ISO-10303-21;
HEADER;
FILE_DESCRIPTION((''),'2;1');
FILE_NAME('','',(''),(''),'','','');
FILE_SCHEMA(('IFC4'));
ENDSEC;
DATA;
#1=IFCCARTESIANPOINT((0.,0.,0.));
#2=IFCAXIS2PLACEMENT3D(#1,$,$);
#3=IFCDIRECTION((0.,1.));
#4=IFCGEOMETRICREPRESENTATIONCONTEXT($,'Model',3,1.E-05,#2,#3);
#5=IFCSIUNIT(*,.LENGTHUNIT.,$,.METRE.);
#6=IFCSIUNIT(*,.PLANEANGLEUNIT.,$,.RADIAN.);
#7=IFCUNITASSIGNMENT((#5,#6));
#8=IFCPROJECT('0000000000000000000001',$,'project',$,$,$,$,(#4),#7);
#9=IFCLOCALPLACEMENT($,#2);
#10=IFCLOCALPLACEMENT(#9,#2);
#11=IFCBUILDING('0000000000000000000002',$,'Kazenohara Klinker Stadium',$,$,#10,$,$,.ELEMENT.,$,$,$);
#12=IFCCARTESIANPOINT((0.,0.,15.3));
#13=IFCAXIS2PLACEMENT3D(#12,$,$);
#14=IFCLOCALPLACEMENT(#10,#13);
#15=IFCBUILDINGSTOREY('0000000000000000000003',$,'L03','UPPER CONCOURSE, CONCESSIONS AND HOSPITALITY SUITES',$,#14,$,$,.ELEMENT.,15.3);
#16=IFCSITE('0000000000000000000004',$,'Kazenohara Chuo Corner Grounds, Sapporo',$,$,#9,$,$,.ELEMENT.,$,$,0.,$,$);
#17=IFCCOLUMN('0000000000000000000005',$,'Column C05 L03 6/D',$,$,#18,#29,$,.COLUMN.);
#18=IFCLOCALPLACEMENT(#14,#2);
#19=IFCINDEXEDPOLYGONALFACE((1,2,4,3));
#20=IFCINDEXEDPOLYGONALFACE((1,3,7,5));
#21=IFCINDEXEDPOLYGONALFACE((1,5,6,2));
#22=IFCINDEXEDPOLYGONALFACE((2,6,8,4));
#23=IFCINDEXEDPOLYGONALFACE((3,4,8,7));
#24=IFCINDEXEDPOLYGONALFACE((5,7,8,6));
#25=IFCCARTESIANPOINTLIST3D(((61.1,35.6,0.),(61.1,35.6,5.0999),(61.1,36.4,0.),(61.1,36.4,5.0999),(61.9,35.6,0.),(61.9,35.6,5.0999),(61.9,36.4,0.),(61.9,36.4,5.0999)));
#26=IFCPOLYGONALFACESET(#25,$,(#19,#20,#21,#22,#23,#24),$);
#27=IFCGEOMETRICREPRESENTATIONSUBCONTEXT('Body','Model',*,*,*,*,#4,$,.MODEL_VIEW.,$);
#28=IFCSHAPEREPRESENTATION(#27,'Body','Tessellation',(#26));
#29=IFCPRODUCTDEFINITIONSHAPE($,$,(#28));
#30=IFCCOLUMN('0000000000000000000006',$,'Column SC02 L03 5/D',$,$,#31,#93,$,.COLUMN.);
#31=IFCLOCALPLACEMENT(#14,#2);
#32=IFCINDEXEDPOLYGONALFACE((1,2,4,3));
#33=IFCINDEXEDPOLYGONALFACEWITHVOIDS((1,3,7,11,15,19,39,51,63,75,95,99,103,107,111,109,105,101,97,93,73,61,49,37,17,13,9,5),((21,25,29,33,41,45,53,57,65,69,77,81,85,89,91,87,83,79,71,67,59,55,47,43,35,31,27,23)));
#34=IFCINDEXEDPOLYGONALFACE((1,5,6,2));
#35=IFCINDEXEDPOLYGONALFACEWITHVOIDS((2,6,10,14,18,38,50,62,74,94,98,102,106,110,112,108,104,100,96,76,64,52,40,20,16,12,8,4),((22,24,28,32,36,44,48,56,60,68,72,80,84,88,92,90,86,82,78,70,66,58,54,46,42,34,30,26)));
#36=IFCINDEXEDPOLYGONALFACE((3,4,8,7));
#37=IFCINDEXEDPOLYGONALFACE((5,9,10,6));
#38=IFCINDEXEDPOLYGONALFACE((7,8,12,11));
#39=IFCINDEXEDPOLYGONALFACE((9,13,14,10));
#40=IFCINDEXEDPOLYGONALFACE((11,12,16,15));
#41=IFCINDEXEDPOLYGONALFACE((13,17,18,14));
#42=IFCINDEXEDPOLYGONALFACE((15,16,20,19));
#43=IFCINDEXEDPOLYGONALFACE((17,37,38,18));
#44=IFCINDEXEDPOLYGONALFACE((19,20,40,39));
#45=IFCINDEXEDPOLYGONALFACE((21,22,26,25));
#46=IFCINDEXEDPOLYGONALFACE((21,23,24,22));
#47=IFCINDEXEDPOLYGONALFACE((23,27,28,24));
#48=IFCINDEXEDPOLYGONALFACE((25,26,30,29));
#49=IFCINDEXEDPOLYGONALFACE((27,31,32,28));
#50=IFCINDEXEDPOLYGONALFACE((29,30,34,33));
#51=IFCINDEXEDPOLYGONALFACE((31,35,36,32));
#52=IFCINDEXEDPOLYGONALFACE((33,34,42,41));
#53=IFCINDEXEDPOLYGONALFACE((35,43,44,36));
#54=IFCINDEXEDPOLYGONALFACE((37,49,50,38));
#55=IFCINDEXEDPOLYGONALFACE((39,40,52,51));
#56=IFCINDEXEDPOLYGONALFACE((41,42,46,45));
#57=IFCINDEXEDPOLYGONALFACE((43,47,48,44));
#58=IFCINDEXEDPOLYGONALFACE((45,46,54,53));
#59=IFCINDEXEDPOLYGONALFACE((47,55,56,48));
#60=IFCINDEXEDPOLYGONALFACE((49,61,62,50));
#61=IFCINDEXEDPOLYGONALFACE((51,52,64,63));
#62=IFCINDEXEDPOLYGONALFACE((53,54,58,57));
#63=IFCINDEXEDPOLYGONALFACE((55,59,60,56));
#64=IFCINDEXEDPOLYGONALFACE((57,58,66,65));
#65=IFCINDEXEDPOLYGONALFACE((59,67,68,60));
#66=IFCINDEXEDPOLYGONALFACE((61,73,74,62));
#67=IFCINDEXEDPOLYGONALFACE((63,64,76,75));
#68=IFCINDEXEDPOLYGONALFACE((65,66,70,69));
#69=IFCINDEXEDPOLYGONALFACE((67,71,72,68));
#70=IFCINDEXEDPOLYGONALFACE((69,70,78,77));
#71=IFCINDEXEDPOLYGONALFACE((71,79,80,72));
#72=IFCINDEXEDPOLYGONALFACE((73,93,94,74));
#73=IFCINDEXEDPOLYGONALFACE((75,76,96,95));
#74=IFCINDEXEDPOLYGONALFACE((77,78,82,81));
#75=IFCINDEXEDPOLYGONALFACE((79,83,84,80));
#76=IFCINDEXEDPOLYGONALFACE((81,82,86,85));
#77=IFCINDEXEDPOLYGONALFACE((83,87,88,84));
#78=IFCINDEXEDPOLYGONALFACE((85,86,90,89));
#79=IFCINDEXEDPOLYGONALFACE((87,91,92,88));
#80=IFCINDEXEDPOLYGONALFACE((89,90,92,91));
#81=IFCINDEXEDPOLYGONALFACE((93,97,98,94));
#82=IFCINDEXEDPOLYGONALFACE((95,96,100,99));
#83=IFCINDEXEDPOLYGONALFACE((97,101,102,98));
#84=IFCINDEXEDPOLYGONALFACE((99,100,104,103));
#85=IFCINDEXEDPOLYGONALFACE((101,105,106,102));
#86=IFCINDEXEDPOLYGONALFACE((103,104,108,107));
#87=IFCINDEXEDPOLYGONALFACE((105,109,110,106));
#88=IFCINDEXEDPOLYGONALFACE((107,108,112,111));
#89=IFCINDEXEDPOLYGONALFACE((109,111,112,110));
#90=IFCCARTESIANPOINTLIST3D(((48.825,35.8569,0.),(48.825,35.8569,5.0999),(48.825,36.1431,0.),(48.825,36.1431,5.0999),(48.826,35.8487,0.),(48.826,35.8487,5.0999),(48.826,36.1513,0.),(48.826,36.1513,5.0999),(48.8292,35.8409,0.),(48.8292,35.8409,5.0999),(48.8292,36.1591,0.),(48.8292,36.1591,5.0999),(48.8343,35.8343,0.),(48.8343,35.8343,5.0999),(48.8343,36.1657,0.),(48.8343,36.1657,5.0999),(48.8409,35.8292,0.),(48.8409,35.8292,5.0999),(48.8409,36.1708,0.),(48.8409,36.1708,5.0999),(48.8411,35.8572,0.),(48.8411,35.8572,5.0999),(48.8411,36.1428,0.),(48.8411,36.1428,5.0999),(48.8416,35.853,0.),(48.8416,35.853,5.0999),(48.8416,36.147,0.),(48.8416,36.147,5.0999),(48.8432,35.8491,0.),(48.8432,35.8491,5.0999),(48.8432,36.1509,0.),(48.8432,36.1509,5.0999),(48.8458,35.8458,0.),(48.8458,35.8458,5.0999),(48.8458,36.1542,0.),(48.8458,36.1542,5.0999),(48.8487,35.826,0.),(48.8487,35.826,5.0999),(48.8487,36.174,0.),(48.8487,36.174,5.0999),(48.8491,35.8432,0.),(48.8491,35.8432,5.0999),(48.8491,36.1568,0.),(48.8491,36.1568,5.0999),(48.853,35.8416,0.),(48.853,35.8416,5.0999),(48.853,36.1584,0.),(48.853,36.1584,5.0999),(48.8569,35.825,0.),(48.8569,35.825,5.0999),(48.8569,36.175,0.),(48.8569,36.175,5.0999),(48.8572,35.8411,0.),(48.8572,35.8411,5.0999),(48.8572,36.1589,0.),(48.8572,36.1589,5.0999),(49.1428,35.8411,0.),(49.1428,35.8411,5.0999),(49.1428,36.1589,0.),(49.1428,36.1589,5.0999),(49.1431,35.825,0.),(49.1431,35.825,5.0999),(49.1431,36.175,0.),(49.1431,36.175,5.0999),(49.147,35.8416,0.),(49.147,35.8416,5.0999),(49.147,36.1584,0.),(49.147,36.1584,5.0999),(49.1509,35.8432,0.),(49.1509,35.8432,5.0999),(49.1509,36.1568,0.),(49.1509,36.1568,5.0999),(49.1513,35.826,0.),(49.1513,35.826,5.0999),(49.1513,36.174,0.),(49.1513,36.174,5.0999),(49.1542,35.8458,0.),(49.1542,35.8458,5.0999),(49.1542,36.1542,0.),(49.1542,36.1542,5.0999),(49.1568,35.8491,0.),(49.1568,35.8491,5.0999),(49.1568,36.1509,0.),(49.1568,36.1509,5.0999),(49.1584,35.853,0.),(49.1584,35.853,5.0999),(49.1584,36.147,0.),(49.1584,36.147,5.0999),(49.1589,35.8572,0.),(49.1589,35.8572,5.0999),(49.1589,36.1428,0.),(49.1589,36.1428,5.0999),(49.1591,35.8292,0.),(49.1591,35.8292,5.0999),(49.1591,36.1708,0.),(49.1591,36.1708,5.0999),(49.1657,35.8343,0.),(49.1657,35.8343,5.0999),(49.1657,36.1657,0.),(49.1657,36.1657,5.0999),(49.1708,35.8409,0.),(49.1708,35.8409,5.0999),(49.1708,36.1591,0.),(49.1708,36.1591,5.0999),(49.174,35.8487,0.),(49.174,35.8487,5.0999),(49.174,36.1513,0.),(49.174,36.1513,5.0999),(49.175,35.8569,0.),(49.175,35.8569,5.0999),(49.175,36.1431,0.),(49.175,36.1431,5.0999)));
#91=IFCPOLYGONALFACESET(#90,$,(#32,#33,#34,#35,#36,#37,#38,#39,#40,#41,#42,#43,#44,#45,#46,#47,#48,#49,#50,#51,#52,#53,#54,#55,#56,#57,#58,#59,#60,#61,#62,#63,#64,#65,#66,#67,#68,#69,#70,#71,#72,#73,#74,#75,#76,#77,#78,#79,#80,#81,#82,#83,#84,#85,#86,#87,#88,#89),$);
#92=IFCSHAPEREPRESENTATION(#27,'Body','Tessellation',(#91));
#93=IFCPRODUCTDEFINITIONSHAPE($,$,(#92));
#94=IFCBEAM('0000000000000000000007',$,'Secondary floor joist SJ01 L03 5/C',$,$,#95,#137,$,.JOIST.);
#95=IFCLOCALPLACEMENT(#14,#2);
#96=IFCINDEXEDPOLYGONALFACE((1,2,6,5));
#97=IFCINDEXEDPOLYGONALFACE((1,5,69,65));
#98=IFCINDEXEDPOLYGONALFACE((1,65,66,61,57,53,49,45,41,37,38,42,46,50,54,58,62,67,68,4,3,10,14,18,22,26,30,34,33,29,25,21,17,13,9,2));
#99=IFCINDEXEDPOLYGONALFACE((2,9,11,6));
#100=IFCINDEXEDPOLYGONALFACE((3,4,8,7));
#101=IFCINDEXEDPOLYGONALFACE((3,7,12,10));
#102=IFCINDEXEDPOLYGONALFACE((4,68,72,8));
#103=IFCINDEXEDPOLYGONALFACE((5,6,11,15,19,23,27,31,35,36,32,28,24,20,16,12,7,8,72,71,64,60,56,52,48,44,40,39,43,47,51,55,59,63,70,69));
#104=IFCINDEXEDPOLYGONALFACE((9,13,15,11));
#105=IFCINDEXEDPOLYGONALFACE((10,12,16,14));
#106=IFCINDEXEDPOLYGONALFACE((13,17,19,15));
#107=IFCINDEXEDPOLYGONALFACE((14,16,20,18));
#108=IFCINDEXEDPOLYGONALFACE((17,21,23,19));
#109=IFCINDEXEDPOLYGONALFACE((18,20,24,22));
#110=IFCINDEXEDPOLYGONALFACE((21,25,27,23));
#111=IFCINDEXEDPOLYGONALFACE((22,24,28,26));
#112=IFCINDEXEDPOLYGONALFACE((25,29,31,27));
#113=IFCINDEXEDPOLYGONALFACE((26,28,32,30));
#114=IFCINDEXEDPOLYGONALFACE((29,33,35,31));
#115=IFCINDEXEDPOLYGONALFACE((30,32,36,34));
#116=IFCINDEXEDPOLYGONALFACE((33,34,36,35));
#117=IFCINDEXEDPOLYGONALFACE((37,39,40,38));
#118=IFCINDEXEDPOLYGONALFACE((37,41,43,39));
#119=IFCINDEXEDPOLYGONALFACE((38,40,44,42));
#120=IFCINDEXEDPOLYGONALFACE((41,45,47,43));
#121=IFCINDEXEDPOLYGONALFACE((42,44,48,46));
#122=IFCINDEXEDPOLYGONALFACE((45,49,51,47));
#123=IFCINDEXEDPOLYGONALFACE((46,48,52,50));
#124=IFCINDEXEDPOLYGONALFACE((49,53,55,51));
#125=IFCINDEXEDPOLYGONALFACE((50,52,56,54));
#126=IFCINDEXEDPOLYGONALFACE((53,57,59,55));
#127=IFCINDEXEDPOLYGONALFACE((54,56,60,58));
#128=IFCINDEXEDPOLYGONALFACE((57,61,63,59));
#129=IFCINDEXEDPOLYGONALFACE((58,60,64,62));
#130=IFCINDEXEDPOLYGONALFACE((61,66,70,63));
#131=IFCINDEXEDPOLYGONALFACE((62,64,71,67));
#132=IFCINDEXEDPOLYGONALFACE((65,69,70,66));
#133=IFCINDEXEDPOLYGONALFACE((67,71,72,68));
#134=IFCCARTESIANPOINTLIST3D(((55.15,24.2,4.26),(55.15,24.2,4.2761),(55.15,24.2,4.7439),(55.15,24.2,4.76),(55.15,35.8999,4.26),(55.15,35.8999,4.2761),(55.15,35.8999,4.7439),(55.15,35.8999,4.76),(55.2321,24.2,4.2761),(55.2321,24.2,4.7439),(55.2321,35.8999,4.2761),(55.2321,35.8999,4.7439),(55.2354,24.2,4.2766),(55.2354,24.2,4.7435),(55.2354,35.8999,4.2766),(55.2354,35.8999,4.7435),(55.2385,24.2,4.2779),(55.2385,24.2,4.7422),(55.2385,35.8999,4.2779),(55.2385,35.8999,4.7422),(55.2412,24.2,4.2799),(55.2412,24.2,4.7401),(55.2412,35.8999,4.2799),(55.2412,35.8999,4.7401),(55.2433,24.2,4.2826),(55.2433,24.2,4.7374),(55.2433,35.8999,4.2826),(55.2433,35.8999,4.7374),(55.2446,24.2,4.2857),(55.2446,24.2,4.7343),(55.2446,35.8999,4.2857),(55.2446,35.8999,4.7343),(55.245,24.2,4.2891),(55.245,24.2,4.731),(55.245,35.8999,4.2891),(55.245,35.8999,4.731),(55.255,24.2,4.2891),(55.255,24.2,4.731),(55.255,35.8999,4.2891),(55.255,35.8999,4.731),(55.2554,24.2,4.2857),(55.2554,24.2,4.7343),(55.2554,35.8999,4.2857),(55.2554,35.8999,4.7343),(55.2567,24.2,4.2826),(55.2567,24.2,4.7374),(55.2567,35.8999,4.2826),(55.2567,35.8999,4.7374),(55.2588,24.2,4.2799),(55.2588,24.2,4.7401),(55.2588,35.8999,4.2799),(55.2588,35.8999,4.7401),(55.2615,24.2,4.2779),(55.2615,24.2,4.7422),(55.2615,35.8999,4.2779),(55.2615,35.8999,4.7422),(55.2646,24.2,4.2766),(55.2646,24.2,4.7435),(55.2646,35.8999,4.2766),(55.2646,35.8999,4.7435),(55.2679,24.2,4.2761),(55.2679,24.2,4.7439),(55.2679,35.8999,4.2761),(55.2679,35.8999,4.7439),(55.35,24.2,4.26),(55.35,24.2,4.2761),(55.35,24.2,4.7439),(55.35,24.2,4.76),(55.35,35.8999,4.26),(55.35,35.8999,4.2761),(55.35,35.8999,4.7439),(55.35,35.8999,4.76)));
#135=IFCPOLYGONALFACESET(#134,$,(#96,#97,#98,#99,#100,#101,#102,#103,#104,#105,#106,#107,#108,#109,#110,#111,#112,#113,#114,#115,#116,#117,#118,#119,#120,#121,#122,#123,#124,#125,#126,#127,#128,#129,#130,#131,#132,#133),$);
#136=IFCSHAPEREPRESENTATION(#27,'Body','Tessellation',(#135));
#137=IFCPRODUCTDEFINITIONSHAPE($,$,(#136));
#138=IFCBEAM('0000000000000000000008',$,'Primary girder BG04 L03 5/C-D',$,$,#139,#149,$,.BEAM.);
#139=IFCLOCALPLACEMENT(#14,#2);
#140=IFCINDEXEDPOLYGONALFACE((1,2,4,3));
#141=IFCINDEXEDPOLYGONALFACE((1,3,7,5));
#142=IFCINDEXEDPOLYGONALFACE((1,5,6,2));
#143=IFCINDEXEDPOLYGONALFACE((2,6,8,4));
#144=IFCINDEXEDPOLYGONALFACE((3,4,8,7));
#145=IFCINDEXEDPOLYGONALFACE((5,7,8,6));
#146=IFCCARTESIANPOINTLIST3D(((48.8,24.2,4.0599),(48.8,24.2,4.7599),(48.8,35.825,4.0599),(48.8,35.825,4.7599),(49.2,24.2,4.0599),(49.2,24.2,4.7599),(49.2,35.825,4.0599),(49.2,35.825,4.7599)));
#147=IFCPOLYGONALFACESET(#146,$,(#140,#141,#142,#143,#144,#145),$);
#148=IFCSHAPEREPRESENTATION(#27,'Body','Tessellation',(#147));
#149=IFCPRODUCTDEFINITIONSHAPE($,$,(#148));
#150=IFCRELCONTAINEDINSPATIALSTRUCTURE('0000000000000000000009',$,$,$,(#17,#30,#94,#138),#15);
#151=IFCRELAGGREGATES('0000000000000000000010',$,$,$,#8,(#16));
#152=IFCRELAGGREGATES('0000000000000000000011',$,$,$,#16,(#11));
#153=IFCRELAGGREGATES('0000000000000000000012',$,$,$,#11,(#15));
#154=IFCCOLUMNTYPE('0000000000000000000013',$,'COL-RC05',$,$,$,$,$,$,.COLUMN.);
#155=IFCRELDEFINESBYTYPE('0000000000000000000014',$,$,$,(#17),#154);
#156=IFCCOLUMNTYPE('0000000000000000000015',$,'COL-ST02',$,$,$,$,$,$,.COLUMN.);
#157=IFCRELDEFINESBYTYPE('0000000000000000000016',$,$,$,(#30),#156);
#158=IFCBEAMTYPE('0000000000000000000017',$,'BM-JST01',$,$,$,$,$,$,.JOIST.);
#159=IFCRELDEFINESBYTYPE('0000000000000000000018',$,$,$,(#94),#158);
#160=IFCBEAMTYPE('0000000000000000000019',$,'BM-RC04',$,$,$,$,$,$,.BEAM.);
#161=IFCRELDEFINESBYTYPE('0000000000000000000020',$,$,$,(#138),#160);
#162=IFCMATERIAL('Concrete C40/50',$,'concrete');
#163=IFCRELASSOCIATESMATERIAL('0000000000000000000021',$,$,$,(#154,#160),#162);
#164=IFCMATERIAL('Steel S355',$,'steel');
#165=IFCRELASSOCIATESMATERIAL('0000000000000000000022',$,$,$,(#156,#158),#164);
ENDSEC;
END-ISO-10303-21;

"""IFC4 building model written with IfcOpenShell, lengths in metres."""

from ifc_helpers import new_model, si_unit, direction, frame, origin, origin_2d, place, context, subcontext, project, spatial, rectangle, hollow_rectangle, i_section, extrude, material, material_profile, profile_set, type_object, element, save


model = new_model("IFC4")

# Units and contexts
model_context = context("Model", 3, precision=1e-05, world=origin(), true_north=direction((0.0, 1.0)))
body_context = subcontext(model_context, "Body", "Model", "MODEL_VIEW")
ifc_project = project(units=[si_unit("LENGTHUNIT", "METRE"), si_unit("PLANEANGLEUNIT", "RADIAN")], contexts=[model_context])

# Site, building, storey
site_placement = place(None, origin())
site = spatial("IfcSite", under=ifc_project, at=site_placement, Name="Kazenohara Chuo Corner Grounds, Sapporo", CompositionType="ELEMENT", RefElevation=0.0)
building_placement = place(site_placement, origin())
building = spatial("IfcBuilding", under=site, at=building_placement, Name="Kazenohara Klinker Stadium", CompositionType="ELEMENT")
storey_placement = place(building_placement, frame((0.0, 0.0, 15.3)))
storey = spatial("IfcBuildingStorey", under=building, at=storey_placement, Name="L03", Description="UPPER CONCOURSE, CONCESSIONS AND HOSPITALITY SUITES", CompositionType="ELEMENT", Elevation=15.3)

# Columns
ifc_material_1 = material(Name="Concrete C40/50", Category="concrete")
ifc_material_profile_1 = material_profile(ifc_material_1, rectangle(XDim=0.8, YDim=0.8, at=origin_2d()), Name="RC-COL-800x800")
ifc_profile_set_1 = profile_set([ifc_material_profile_1], Name="Concrete C40/50")
column_type_1 = type_object("IfcColumnType", Name="COL-RC05", PredefinedType="COLUMN", material=ifc_profile_set_1)
column_1_placement = place(storey_placement, frame((61.5, 36.0, 0.0), z_axis=(0.0, 0.0, 1.0), x_axis=(1.0, 0.0, 0.0)))
element("IfcColumn", 1, at=column_1_placement, inside=storey, type_object=column_type_1, Name="Column C05 L03 6/D", PredefinedType="COLUMN", context=body_context, shape_type="SweptSolid", body=[
    extrude(rectangle(XDim=0.8, YDim=0.8, at=origin_2d()), origin(), (0.0, 0.0, 1.0), 5.0999),
])
ifc_material_2 = material(Name="Steel S355", Category="steel")
ifc_material_profile_2 = material_profile(ifc_material_2, hollow_rectangle(XDim=0.3501, YDim=0.3501, WallThickness=0.0161, InnerFilletRadius=0.0161, OuterFilletRadius=0.032, at=origin_2d()), Name="SHS-350x350x16")
ifc_profile_set_2 = profile_set([ifc_material_profile_2], Name="Steel S355")
column_type_2 = type_object("IfcColumnType", Name="COL-ST02", PredefinedType="COLUMN", material=ifc_profile_set_2)
column_2_placement = place(storey_placement, frame((49.0, 36.0, 0.0), z_axis=(0.0, 0.0, 1.0), x_axis=(1.0, 0.0, 0.0)))
element("IfcColumn", 2, at=column_2_placement, inside=storey, type_object=column_type_2, Name="Column SC02 L03 5/D", PredefinedType="COLUMN", context=body_context, shape_type="SweptSolid", body=[
    extrude(hollow_rectangle(XDim=0.3501, YDim=0.3501, WallThickness=0.0161, InnerFilletRadius=0.0161, OuterFilletRadius=0.032, at=origin_2d()), origin(), (0.0, 0.0, 1.0), 5.0999),
])

# Beams
ifc_material_profile_3 = material_profile(ifc_material_2, i_section(OverallWidth=0.2, OverallDepth=0.5, WebThickness=0.01, FlangeThickness=0.0161, FilletRadius=0.0129, at=origin_2d()), Name="H-500x200x10x16")
ifc_profile_set_3 = profile_set([ifc_material_profile_3], Name="Steel S355")
beam_type_1 = type_object("IfcBeamType", Name="BM-JST01", PredefinedType="JOIST", material=ifc_profile_set_3)
beam_1_placement = place(storey_placement, frame((55.25, 24.2, 4.51), z_axis=(0.0, 1.0, 0.0), x_axis=(-1.0, 0.0, 0.0)))
element("IfcBeam", 3, at=beam_1_placement, inside=storey, type_object=beam_type_1, Name="Secondary floor joist SJ01 L03 5/C", PredefinedType="JOIST", context=body_context, shape_type="SweptSolid", body=[
    extrude(i_section(OverallWidth=0.2, OverallDepth=0.5, WebThickness=0.01, FlangeThickness=0.0161, FilletRadius=0.0129, at=origin_2d()), origin(), (0.0, 0.0, 1.0), 11.7),
])
ifc_material_profile_4 = material_profile(ifc_material_1, rectangle(XDim=0.3999, YDim=0.7, at=origin_2d()), Name="RC-BM-400x700")
ifc_profile_set_4 = profile_set([ifc_material_profile_4], Name="Concrete C40/50")
beam_type_2 = type_object("IfcBeamType", Name="BM-RC04", PredefinedType="BEAM", material=ifc_profile_set_4)
beam_2_placement = place(storey_placement, frame((49.0, 24.2, 4.4099), z_axis=(0.0, 1.0, 0.0), x_axis=(-1.0, 0.0, 0.0)))
element("IfcBeam", 4, at=beam_2_placement, inside=storey, type_object=beam_type_2, Name="Primary girder BG04 L03 5/C-D", PredefinedType="BEAM", context=body_context, shape_type="SweptSolid", body=[
    extrude(rectangle(XDim=0.3999, YDim=0.7, at=origin_2d()), origin(), (0.0, 0.0, 1.0), 11.625),
])

save(model, "model.ifc")
